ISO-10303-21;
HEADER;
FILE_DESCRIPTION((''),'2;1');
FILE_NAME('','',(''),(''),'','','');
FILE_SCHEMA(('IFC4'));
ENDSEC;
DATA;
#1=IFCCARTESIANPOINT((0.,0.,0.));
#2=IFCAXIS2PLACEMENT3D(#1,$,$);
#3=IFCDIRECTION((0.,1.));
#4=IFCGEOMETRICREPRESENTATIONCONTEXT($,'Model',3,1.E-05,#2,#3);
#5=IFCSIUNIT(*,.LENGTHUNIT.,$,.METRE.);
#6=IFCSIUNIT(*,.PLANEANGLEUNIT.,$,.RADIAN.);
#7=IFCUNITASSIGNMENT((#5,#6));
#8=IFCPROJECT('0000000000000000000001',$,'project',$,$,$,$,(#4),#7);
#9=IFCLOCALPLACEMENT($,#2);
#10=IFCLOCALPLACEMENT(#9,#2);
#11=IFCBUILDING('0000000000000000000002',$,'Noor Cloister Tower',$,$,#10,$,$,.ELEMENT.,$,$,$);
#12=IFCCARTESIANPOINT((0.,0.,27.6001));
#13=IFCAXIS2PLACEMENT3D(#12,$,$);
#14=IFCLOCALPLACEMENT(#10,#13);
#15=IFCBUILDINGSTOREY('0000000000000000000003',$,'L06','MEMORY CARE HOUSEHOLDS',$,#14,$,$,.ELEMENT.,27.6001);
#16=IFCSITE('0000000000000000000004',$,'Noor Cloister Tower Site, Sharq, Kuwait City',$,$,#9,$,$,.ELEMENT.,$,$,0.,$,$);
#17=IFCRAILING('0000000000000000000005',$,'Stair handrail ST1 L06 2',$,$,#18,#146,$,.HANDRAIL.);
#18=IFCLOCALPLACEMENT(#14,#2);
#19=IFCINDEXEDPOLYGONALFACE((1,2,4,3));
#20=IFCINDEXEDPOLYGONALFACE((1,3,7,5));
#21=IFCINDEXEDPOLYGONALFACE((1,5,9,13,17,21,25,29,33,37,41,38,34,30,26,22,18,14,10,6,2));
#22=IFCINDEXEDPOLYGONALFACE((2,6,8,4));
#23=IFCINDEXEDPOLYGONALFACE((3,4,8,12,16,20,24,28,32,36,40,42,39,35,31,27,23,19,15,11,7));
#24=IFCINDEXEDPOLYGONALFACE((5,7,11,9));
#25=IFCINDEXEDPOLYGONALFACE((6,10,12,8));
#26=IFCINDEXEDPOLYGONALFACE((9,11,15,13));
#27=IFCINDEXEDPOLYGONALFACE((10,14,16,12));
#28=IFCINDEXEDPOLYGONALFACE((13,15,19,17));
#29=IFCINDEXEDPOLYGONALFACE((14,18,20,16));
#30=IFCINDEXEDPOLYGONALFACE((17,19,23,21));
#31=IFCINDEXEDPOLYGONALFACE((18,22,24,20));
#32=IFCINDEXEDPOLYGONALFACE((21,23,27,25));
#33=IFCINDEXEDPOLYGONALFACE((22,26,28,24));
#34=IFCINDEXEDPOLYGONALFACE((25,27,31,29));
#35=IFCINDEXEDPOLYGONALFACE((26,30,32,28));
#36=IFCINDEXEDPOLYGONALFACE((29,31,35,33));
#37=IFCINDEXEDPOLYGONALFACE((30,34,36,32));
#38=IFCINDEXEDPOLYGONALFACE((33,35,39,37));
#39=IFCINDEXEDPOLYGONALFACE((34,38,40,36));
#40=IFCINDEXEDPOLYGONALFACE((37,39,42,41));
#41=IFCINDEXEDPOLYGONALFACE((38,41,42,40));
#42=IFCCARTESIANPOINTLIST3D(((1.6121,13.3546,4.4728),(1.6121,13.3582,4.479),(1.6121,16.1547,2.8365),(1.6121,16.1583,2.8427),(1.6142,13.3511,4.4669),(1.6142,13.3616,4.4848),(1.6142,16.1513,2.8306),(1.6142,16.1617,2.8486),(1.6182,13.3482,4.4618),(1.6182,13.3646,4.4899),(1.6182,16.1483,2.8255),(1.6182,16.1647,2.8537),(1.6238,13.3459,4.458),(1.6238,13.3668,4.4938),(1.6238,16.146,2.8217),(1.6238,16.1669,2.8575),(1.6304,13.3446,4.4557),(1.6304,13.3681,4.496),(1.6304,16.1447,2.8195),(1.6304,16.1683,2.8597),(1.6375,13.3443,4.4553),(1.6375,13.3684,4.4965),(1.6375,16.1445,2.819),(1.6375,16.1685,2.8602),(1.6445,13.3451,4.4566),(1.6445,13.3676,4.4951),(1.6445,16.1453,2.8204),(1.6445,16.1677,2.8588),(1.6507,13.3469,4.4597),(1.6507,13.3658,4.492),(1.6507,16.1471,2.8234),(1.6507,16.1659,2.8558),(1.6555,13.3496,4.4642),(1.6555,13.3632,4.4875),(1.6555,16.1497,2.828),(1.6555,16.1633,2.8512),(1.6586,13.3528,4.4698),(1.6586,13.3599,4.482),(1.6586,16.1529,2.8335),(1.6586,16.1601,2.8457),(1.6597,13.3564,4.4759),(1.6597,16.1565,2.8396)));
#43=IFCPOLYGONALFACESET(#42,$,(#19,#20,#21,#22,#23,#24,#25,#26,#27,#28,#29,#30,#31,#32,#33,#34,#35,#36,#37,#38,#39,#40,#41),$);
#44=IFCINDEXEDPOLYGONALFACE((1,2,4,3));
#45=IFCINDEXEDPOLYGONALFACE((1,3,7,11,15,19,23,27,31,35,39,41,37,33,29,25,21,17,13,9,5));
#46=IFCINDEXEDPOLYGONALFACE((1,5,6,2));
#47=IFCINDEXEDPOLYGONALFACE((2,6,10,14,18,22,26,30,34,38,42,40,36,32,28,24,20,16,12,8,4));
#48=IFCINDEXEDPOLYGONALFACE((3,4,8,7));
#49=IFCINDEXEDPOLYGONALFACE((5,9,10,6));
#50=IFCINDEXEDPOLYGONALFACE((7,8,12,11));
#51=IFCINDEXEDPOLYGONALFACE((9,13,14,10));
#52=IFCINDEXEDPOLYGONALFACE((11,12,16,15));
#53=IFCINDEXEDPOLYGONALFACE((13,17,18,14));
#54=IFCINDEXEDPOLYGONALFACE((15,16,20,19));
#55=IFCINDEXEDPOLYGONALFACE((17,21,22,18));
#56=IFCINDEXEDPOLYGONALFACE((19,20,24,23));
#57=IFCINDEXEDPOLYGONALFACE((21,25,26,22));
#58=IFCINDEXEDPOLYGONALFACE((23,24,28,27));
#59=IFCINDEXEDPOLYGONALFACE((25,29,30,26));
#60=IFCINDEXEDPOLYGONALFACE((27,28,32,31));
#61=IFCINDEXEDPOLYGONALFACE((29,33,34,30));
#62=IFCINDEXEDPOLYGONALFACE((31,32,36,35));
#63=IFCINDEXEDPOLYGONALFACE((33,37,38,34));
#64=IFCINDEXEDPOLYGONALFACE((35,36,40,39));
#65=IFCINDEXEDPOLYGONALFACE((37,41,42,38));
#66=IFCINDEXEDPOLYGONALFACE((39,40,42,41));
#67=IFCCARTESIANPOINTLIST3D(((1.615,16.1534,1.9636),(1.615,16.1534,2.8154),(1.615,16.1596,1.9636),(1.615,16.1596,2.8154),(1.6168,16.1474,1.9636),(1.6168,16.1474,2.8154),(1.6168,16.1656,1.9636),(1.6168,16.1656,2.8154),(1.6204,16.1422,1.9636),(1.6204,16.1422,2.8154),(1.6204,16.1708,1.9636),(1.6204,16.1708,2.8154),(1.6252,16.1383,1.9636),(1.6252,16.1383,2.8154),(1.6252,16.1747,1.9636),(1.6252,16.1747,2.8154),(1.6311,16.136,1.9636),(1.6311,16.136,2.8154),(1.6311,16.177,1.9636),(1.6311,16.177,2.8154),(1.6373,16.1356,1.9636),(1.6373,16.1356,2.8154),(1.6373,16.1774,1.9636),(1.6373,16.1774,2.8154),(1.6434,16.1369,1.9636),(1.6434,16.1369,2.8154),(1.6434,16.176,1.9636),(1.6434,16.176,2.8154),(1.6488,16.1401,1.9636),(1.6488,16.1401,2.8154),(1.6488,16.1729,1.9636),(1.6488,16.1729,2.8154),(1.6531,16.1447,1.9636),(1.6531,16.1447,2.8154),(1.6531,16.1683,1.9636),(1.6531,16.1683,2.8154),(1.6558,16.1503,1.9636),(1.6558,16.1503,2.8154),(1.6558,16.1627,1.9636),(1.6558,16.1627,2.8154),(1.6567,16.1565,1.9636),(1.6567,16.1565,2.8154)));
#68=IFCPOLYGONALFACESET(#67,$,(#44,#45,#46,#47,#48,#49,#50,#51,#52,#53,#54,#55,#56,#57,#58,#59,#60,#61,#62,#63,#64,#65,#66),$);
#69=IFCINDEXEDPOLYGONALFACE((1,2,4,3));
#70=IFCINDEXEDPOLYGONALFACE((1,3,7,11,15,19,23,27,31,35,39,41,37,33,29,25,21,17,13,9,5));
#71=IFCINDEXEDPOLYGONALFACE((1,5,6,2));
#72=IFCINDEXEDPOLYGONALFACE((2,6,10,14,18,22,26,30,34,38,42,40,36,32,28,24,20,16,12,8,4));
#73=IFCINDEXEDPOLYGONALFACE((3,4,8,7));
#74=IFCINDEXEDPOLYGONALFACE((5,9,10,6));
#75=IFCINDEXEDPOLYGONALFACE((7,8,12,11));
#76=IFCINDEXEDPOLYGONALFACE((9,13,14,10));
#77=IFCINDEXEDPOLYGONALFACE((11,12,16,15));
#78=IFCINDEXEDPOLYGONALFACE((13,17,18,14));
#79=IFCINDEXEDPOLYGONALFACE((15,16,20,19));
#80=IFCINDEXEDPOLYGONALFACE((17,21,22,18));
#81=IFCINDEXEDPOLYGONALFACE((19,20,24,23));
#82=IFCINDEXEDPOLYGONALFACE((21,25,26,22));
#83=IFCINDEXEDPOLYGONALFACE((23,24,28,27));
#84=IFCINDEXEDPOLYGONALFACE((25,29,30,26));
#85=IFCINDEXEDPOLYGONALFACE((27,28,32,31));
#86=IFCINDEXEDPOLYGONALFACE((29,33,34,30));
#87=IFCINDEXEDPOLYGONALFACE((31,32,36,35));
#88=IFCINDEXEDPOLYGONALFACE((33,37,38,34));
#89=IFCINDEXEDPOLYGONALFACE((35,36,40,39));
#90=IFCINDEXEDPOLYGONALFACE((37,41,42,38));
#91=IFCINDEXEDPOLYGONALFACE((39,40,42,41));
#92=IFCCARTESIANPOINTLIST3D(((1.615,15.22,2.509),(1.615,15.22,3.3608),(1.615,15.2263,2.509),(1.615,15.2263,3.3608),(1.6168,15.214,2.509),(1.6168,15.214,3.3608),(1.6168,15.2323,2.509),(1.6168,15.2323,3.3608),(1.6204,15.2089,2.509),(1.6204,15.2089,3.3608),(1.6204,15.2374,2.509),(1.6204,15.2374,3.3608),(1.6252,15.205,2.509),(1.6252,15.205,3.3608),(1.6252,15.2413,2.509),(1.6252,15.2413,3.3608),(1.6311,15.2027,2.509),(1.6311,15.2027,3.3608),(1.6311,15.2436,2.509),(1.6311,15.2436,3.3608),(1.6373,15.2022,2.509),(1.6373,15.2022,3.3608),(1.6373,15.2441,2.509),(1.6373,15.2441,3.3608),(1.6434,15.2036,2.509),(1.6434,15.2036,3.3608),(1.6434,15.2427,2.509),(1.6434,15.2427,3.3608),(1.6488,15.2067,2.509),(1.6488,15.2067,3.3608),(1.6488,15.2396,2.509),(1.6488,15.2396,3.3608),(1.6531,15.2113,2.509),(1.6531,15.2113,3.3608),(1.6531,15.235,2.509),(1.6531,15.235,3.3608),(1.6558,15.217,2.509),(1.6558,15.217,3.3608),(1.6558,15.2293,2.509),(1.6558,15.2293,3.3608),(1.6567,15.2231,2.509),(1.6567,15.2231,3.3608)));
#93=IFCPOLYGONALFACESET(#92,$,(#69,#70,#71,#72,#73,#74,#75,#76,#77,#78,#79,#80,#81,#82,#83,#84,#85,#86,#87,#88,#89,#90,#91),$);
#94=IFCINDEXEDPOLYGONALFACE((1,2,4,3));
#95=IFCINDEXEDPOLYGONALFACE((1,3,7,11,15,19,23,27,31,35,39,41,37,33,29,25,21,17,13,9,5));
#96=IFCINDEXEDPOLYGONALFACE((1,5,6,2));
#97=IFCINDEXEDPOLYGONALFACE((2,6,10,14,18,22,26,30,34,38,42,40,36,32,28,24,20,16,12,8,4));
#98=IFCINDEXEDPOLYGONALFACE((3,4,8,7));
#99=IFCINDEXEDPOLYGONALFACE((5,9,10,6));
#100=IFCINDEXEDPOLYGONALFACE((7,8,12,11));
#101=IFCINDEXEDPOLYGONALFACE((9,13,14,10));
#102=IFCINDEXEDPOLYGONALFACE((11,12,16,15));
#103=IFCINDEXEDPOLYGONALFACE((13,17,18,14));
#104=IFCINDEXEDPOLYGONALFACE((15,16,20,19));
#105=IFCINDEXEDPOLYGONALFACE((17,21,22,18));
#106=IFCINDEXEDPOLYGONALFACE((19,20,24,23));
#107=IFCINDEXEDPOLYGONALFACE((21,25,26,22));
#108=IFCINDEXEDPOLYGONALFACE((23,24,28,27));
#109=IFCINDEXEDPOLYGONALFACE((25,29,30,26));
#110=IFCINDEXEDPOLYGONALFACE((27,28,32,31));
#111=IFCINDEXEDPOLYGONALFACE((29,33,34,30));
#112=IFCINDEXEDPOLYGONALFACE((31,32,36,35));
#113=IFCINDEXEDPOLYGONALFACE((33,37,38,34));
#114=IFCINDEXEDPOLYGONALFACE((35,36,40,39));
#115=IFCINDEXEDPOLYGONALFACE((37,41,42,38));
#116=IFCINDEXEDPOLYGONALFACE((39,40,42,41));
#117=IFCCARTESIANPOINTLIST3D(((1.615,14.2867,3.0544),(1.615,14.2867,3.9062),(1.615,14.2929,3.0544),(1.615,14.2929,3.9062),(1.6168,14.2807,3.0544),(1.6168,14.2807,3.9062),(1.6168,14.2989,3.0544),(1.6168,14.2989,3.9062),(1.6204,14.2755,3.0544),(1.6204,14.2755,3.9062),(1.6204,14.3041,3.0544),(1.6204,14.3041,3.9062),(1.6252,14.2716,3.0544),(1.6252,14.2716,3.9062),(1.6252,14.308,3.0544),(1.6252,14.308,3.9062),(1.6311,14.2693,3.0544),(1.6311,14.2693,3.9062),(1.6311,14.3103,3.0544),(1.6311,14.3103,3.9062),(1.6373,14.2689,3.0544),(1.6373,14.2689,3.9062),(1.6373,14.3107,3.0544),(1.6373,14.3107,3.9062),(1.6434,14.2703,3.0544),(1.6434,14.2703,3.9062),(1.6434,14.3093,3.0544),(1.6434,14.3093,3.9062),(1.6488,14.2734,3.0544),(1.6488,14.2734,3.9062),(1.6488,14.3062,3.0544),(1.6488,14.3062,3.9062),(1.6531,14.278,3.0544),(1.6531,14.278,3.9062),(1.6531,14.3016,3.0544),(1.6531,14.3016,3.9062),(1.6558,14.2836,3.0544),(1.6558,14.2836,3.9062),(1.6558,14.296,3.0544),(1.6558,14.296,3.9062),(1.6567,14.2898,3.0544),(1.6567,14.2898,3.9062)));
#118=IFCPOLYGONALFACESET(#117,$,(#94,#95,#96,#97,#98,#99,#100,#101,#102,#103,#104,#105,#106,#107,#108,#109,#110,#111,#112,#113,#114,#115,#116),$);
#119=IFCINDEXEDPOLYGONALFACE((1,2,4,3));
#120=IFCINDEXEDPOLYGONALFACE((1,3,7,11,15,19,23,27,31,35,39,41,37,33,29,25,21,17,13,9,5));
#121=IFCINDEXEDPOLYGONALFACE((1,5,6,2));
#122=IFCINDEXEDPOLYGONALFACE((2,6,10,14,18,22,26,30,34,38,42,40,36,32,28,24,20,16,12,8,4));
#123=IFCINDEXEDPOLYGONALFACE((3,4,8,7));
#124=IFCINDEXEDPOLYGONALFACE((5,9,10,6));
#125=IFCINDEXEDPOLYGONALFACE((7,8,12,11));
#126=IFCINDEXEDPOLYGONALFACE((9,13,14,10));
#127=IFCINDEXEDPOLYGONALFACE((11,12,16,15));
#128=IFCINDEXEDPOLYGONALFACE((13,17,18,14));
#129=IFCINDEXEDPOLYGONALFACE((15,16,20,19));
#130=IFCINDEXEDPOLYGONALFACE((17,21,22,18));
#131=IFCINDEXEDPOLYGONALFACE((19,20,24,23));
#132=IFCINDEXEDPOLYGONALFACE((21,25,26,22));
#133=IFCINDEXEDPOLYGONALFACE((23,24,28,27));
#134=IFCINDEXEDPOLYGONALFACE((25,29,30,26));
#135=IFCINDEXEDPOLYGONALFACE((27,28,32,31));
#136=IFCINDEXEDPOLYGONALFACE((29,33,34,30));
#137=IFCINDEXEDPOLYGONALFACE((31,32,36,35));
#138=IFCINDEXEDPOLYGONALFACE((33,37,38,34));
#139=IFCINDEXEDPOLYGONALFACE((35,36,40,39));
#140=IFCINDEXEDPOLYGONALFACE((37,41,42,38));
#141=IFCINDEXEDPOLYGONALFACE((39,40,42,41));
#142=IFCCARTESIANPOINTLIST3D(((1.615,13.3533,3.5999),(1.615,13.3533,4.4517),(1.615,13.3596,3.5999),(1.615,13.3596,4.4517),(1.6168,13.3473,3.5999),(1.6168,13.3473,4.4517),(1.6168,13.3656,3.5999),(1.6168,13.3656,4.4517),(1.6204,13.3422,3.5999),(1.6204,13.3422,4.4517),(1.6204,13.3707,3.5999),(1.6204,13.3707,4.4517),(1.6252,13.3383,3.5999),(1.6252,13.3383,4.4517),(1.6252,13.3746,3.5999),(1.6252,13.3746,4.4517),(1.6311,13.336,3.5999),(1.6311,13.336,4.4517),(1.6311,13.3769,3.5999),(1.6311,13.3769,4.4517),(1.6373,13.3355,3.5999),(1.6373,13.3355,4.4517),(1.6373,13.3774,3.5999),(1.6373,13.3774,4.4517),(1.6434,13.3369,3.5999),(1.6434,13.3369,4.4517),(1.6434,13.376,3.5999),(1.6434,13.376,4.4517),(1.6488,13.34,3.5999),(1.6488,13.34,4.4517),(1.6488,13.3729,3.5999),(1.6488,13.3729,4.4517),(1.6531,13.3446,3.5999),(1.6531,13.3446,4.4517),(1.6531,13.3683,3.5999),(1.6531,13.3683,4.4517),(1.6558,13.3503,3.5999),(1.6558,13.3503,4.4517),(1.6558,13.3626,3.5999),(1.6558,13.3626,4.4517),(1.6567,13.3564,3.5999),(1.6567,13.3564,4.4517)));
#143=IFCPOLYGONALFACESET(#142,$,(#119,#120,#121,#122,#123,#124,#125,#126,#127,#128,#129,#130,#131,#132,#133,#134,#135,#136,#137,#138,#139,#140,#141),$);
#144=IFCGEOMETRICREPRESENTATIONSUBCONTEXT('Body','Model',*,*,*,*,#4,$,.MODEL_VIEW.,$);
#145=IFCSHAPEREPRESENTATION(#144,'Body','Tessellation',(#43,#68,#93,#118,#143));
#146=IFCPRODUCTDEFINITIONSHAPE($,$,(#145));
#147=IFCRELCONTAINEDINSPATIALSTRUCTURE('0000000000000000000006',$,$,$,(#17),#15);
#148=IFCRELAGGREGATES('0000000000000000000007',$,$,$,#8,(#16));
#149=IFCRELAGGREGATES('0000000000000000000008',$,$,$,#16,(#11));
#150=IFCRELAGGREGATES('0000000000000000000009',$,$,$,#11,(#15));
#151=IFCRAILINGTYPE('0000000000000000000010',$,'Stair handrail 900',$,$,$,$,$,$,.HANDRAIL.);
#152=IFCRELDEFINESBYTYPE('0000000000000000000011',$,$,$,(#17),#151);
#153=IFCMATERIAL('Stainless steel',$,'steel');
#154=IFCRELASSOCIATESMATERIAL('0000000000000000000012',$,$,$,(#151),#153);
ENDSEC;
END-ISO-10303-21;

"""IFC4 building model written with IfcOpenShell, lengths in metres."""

from ifc_helpers import new_model, si_unit, direction, frame, origin, origin_2d, place, context, subcontext, project, spatial, circle, extrude, material, type_object, element, save


model = new_model("IFC4")

# Units and contexts
model_context = context("Model", 3, precision=1e-05, world=origin(), true_north=direction((0.0, 1.0)))
body_context = subcontext(model_context, "Body", "Model", "MODEL_VIEW")
ifc_project = project(units=[si_unit("LENGTHUNIT", "METRE"), si_unit("PLANEANGLEUNIT", "RADIAN")], contexts=[model_context])

# Site, building, storey
site_placement = place(None, origin())
site = spatial("IfcSite", under=ifc_project, at=site_placement, Name="Noor Cloister Tower Site, Sharq, Kuwait City", CompositionType="ELEMENT", RefElevation=0.0)
building_placement = place(site_placement, origin())
building = spatial("IfcBuilding", under=site, at=building_placement, Name="Noor Cloister Tower", CompositionType="ELEMENT")
storey_placement = place(building_placement, frame((0.0, 0.0, 27.6001)))
storey = spatial("IfcBuildingStorey", under=building, at=storey_placement, Name="L06", Description="MEMORY CARE HOUSEHOLDS", CompositionType="ELEMENT", Elevation=27.6001)

# Railing
ifc_material_1 = material(Name="Stainless steel", Category="steel")
railing_type_1 = type_object("IfcRailingType", Name="Stair handrail 900", PredefinedType="HANDRAIL", material=ifc_material_1)
railing_1_placement = place(storey_placement, frame((1.6357, 16.1565, 1.9636)))
element("IfcRailing", 1, at=railing_1_placement, inside=storey, type_object=railing_type_1, Name="Stair handrail ST1 L06 2", PredefinedType="HANDRAIL", context=body_context, shape_type="SweptSolid", body=[
    extrude(circle(Radius=0.0239, at=origin_2d()), frame((0.0, 0.0, 0.876), z_axis=(0.0, -0.863394, 0.504531), x_axis=(1.0, 0.0, 0.0)), (0.0, 0.0, 1.0), 3.2432),
    extrude(circle(Radius=0.021, at=origin_2d()), origin(), (0.0, 0.0, 1.0), 0.8518),
    extrude(circle(Radius=0.021, at=origin_2d()), frame((0.0, -0.9333, 0.5454)), (0.0, 0.0, 1.0), 0.8518),
    extrude(circle(Radius=0.021, at=origin_2d()), frame((0.0, -1.8667, 1.0908)), (0.0, 0.0, 1.0), 0.8518),
    extrude(circle(Radius=0.021, at=origin_2d()), frame((0.0, -2.8, 1.6362)), (0.0, 0.0, 1.0), 0.8518),
])

save(model, "model.ifc")
